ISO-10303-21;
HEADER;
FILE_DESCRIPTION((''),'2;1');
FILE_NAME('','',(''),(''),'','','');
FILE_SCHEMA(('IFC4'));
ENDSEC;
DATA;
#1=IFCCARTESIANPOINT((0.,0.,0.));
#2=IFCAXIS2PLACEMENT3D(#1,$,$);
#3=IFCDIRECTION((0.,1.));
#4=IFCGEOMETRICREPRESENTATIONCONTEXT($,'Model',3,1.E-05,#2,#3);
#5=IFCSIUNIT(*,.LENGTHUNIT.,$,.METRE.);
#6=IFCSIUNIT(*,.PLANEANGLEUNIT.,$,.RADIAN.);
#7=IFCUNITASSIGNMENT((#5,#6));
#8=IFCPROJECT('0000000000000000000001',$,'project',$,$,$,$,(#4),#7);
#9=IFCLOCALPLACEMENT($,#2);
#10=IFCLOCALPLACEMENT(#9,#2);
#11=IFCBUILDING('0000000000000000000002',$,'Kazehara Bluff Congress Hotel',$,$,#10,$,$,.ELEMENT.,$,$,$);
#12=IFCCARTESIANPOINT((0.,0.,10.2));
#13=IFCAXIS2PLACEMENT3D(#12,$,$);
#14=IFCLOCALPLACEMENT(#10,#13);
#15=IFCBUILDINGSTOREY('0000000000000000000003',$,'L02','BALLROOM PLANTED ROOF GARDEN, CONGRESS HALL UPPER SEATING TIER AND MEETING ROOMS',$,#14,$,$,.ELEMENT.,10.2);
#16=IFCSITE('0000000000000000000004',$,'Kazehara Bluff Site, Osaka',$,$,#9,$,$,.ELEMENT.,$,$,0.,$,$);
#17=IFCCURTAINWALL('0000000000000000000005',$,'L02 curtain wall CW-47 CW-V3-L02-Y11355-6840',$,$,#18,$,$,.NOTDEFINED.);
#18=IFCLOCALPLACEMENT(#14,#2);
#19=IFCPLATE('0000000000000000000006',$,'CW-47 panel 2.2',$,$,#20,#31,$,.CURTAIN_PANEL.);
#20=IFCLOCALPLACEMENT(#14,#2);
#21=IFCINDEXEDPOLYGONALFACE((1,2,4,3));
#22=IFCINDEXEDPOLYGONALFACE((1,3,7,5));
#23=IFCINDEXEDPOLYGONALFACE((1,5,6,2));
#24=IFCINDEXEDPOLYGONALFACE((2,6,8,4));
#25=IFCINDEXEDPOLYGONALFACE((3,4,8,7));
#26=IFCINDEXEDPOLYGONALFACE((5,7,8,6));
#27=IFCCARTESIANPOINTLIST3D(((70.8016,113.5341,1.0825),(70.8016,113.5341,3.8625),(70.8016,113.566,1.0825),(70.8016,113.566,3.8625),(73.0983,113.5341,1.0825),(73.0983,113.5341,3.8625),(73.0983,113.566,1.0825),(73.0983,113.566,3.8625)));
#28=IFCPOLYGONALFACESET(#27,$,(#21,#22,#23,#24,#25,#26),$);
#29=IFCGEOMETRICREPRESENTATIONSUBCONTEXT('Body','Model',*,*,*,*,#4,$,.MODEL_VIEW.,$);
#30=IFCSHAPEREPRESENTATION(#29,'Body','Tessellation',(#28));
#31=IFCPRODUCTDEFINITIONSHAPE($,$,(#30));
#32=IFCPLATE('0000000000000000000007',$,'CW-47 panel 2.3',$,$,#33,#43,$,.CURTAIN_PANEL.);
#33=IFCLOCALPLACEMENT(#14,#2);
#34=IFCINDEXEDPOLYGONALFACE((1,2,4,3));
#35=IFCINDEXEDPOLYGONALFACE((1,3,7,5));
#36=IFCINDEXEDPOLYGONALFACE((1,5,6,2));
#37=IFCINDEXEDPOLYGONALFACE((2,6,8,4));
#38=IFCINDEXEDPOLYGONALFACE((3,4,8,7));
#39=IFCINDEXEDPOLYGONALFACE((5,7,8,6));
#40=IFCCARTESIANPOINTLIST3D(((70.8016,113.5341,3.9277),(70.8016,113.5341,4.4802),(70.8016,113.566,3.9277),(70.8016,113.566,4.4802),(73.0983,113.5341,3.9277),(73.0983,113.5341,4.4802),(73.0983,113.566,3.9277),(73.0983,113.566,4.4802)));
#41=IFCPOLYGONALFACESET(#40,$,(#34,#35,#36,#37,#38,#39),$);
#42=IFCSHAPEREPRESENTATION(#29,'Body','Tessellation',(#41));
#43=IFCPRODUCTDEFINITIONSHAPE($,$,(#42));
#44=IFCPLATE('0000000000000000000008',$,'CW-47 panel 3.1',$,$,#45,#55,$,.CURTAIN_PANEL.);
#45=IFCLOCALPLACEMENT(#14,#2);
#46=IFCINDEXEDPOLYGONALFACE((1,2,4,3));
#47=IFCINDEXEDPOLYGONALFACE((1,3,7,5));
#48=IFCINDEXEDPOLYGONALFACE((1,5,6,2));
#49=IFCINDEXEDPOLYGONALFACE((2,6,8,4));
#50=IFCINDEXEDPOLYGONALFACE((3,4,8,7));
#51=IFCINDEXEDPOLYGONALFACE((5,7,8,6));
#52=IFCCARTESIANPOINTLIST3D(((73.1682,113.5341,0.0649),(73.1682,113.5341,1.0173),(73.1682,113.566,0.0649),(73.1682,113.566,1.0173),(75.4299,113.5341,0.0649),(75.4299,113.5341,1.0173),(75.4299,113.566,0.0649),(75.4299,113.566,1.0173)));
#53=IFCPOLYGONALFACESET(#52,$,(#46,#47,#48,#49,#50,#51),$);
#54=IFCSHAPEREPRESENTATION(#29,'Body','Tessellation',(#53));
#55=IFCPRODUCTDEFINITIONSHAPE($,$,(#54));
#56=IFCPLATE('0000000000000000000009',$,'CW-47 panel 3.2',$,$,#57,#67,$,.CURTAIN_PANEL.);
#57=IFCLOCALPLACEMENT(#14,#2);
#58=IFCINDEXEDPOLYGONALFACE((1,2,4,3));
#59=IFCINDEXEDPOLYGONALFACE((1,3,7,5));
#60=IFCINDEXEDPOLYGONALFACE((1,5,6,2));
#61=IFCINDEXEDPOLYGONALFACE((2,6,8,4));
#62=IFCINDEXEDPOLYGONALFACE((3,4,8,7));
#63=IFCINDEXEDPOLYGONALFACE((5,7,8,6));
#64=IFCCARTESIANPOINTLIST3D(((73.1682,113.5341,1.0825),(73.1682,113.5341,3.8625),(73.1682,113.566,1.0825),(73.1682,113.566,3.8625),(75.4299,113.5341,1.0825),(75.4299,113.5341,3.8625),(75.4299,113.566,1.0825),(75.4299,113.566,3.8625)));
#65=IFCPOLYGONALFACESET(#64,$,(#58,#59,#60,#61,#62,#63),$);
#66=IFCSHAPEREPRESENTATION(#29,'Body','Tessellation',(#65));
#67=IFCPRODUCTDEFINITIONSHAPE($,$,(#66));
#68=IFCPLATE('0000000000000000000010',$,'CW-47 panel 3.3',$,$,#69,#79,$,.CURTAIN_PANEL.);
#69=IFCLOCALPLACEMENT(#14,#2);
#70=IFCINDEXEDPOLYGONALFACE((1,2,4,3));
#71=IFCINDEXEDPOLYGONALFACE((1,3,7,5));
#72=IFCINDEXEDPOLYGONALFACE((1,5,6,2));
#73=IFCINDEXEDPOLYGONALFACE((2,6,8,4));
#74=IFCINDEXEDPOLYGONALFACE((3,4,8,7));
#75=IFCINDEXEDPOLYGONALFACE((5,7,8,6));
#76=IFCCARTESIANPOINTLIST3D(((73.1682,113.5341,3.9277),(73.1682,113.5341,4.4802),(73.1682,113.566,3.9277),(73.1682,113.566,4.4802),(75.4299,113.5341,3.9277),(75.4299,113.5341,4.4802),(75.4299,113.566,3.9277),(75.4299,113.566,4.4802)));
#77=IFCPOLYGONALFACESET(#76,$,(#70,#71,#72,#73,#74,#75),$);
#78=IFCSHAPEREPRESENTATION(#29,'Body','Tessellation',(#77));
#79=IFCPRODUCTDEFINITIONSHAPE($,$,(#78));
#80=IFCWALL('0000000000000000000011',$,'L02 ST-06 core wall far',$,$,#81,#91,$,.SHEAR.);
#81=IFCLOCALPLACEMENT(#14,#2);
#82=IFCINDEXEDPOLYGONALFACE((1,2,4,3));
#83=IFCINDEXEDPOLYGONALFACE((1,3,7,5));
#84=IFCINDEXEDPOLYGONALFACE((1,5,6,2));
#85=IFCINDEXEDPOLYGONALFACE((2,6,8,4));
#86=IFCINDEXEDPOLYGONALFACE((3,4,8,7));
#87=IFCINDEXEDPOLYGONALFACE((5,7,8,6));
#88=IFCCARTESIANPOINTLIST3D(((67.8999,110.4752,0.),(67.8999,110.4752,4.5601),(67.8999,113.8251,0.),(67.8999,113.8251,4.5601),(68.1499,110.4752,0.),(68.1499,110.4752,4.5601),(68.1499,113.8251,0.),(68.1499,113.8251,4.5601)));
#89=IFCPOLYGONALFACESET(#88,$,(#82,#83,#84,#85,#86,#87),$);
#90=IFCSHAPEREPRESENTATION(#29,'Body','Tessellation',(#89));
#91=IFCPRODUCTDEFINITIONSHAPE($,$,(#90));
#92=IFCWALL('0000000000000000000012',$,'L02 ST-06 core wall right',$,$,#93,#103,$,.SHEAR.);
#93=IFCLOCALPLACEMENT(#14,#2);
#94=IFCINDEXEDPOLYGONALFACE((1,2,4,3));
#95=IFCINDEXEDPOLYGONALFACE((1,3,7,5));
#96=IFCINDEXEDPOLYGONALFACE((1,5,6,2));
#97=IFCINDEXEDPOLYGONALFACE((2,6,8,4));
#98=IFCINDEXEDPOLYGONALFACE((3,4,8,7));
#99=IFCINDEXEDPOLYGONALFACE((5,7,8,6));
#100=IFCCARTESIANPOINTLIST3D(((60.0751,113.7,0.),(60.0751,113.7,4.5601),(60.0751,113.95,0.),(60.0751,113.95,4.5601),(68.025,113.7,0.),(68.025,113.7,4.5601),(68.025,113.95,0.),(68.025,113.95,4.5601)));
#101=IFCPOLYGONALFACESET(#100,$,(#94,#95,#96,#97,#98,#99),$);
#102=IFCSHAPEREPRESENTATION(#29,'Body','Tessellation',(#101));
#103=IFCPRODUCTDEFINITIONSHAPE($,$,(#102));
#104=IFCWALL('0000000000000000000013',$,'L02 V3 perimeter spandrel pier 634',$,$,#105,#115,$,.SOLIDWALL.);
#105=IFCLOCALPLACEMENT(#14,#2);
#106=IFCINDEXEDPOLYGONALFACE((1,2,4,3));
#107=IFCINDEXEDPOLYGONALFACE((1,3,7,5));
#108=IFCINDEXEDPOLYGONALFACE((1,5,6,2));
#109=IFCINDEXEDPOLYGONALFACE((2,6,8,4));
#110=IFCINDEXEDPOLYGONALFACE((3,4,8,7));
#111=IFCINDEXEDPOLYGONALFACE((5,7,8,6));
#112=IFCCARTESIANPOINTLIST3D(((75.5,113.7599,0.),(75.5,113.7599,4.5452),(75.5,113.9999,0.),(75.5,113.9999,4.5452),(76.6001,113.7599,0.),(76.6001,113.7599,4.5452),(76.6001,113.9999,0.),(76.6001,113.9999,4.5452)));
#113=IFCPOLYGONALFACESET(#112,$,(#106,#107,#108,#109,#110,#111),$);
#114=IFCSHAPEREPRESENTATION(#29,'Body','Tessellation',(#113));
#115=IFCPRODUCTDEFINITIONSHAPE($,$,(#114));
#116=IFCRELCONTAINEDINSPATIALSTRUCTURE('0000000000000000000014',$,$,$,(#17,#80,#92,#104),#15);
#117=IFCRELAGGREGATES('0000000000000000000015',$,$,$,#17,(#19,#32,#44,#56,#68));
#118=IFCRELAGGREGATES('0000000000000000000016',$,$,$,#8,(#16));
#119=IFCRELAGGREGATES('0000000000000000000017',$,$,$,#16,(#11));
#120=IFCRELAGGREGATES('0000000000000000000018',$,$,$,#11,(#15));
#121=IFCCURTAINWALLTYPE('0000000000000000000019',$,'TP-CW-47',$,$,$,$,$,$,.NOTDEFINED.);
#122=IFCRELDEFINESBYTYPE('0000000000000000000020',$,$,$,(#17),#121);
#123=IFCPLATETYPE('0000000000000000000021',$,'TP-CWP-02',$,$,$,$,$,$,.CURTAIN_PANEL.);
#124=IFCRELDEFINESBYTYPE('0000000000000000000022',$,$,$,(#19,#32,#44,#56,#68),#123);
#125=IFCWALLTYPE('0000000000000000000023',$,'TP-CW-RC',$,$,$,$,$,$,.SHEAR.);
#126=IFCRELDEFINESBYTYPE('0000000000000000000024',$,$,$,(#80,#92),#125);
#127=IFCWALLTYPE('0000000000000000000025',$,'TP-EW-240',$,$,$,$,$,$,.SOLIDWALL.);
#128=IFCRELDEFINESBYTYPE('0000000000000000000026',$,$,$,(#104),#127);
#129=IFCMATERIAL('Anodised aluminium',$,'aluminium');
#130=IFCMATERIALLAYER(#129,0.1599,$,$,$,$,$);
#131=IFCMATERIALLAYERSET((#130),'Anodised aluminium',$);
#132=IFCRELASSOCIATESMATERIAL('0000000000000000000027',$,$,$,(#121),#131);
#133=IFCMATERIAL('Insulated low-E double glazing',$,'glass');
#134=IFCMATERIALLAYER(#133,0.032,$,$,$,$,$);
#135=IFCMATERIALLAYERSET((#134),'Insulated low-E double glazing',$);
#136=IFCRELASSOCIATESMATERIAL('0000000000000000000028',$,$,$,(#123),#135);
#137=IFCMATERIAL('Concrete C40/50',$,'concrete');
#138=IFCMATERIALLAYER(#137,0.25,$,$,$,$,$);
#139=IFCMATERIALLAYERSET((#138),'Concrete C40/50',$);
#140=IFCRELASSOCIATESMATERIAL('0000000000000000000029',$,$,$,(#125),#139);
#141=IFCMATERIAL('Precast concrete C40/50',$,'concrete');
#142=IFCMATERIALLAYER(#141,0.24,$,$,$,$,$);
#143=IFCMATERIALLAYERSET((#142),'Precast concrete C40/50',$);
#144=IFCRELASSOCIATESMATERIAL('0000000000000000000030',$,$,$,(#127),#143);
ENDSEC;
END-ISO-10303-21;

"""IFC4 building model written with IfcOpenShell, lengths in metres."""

from ifc_helpers import new_model, si_unit, direction, frame, frame_2d, origin, origin_2d, place, context, subcontext, project, spatial, rectangle, extrude, material, layer, layer_set, type_object, element, aggregate, save


model = new_model("IFC4")

# Units and contexts
model_context = context("Model", 3, precision=1e-05, world=origin(), true_north=direction((0.0, 1.0)))
body_context = subcontext(model_context, "Body", "Model", "MODEL_VIEW")
ifc_project = project(units=[si_unit("LENGTHUNIT", "METRE"), si_unit("PLANEANGLEUNIT", "RADIAN")], contexts=[model_context])

# Site, building, storey
site_placement = place(None, origin())
site = spatial("IfcSite", under=ifc_project, at=site_placement, Name="Kazehara Bluff Site, Osaka", CompositionType="ELEMENT", RefElevation=0.0)
building_placement = place(site_placement, origin())
building = spatial("IfcBuilding", under=site, at=building_placement, Name="Kazehara Bluff Congress Hotel", CompositionType="ELEMENT")
storey_placement = place(building_placement, frame((0.0, 0.0, 10.2)))
storey = spatial("IfcBuildingStorey", under=building, at=storey_placement, Name="L02", Description="BALLROOM PLANTED ROOF GARDEN, CONGRESS HALL UPPER SEATING TIER AND MEETING ROOMS", CompositionType="ELEMENT", Elevation=10.2)

# Curtain wall, plates
ifc_material_1 = material(Name="Anodised aluminium", Category="aluminium")
ifc_layer_1 = layer(ifc_material_1, 0.1599)
ifc_layer_set_1 = layer_set([ifc_layer_1], Name="Anodised aluminium")
curtain_wall_type = type_object("IfcCurtainWallType", Name="TP-CW-47", PredefinedType="NOTDEFINED", material=ifc_layer_set_1)
curtain_wall_placement = place(storey_placement, origin())
curtain_wall = element("IfcCurtainWall", 1, at=curtain_wall_placement, inside=storey, type_object=curtain_wall_type, Name="L02 curtain wall CW-47 CW-V3-L02-Y11355-6840", PredefinedType="NOTDEFINED")
ifc_material_2 = material(Name="Insulated low-E double glazing", Category="glass")
ifc_layer_2 = layer(ifc_material_2, 0.032)
ifc_layer_set_2 = layer_set([ifc_layer_2], Name="Insulated low-E double glazing")
plate_type = type_object("IfcPlateType", Name="TP-CWP-02", PredefinedType="CURTAIN_PANEL", material=ifc_layer_set_2)
plate_1_placement = place(storey_placement, frame((71.95, 113.55, 1.0825), z_axis=(0.0, 0.0, 1.0), x_axis=(1.0, 0.0, 0.0)))
plate_1 = element("IfcPlate", 2, at=plate_1_placement, type_object=plate_type, Name="CW-47 panel 2.2", PredefinedType="CURTAIN_PANEL", context=body_context, shape_type="SweptSolid", body=[
    extrude(rectangle(XDim=2.2966, YDim=0.032, at=origin_2d()), origin(), (0.0, 0.0, 1.0), 2.78),
])
plate_2_placement = place(storey_placement, frame((71.95, 113.55, 3.9277), z_axis=(0.0, 0.0, 1.0), x_axis=(1.0, 0.0, 0.0)))
plate_2 = element("IfcPlate", 3, at=plate_2_placement, type_object=plate_type, Name="CW-47 panel 2.3", PredefinedType="CURTAIN_PANEL", context=body_context, shape_type="SweptSolid", body=[
    extrude(rectangle(XDim=2.2966, YDim=0.032, at=origin_2d()), origin(), (0.0, 0.0, 1.0), 0.5525),
])
plate_3_placement = place(storey_placement, frame((74.2991, 113.55, 0.0649), z_axis=(0.0, 0.0, 1.0), x_axis=(1.0, 0.0, 0.0)))
plate_3 = element("IfcPlate", 4, at=plate_3_placement, type_object=plate_type, Name="CW-47 panel 3.1", PredefinedType="CURTAIN_PANEL", context=body_context, shape_type="SweptSolid", body=[
    extrude(rectangle(XDim=2.2617, YDim=0.032, at=origin_2d()), origin(), (0.0, 0.0, 1.0), 0.9524),
])
plate_4_placement = place(storey_placement, frame((74.2991, 113.55, 1.0825), z_axis=(0.0, 0.0, 1.0), x_axis=(1.0, 0.0, 0.0)))
plate_4 = element("IfcPlate", 5, at=plate_4_placement, type_object=plate_type, Name="CW-47 panel 3.2", PredefinedType="CURTAIN_PANEL", context=body_context, shape_type="SweptSolid", body=[
    extrude(rectangle(XDim=2.2617, YDim=0.032, at=origin_2d()), origin(), (0.0, 0.0, 1.0), 2.78),
])
plate_5_placement = place(storey_placement, frame((74.2991, 113.55, 3.9277), z_axis=(0.0, 0.0, 1.0), x_axis=(1.0, 0.0, 0.0)))
plate_5 = element("IfcPlate", 6, at=plate_5_placement, type_object=plate_type, Name="CW-47 panel 3.3", PredefinedType="CURTAIN_PANEL", context=body_context, shape_type="SweptSolid", body=[
    extrude(rectangle(XDim=2.2617, YDim=0.032, at=origin_2d()), origin(), (0.0, 0.0, 1.0), 0.5525),
])
aggregate(curtain_wall, [plate_1, plate_2, plate_3, plate_4, plate_5])

# Walls
ifc_material_3 = material(Name="Concrete C40/50", Category="concrete")
ifc_layer_3 = layer(ifc_material_3, 0.25)
ifc_layer_set_3 = layer_set([ifc_layer_3], Name="Concrete C40/50")
wall_type_1 = type_object("IfcWallType", Name="TP-CW-RC", PredefinedType="SHEAR", material=ifc_layer_set_3)
wall_1_placement = place(storey_placement, frame((68.0249, 113.825, 0.0), z_axis=(0.0, 0.0, 1.0), x_axis=(0.0, -1.0, 0.0)))
element("IfcWall", 7, at=wall_1_placement, inside=storey, type_object=wall_type_1, Name="L02 ST-06 core wall far", PredefinedType="SHEAR", context=body_context, shape_type="SweptSolid", body=[
    extrude(rectangle(XDim=3.3499, YDim=0.25, at=frame_2d((1.6748, 0.0))), origin(), (0.0, 0.0, 1.0), 4.5601),
])
wall_2_placement = place(storey_placement, frame((60.075, 113.825, 0.0), z_axis=(0.0, 0.0, 1.0), x_axis=(1.0, 0.0, 0.0)))
element("IfcWall", 8, at=wall_2_placement, inside=storey, type_object=wall_type_1, Name="L02 ST-06 core wall right", PredefinedType="SHEAR", context=body_context, shape_type="SweptSolid", body=[
    extrude(rectangle(XDim=7.95, YDim=0.25, at=frame_2d((3.9751, 0.0))), origin(), (0.0, 0.0, 1.0), 4.5601),
])
ifc_material_4 = material(Name="Precast concrete C40/50", Category="concrete")
ifc_layer_4 = layer(ifc_material_4, 0.24)
ifc_layer_set_4 = layer_set([ifc_layer_4], Name="Precast concrete C40/50")
wall_type_2 = type_object("IfcWallType", Name="TP-EW-240", PredefinedType="SOLIDWALL", material=ifc_layer_set_4)
wall_3_placement = place(storey_placement, frame((75.5, 113.8799, 0.0), z_axis=(0.0, 0.0, 1.0), x_axis=(1.0, 0.0, 0.0)))
element("IfcWall", 9, at=wall_3_placement, inside=storey, type_object=wall_type_2, Name="L02 V3 perimeter spandrel pier 634", PredefinedType="SOLIDWALL", context=body_context, shape_type="SweptSolid", body=[
    extrude(rectangle(XDim=1.1001, YDim=0.24, at=frame_2d((0.55, 0.0))), origin(), (0.0, 0.0, 1.0), 4.5452),
])

save(model, "model.ifc")
